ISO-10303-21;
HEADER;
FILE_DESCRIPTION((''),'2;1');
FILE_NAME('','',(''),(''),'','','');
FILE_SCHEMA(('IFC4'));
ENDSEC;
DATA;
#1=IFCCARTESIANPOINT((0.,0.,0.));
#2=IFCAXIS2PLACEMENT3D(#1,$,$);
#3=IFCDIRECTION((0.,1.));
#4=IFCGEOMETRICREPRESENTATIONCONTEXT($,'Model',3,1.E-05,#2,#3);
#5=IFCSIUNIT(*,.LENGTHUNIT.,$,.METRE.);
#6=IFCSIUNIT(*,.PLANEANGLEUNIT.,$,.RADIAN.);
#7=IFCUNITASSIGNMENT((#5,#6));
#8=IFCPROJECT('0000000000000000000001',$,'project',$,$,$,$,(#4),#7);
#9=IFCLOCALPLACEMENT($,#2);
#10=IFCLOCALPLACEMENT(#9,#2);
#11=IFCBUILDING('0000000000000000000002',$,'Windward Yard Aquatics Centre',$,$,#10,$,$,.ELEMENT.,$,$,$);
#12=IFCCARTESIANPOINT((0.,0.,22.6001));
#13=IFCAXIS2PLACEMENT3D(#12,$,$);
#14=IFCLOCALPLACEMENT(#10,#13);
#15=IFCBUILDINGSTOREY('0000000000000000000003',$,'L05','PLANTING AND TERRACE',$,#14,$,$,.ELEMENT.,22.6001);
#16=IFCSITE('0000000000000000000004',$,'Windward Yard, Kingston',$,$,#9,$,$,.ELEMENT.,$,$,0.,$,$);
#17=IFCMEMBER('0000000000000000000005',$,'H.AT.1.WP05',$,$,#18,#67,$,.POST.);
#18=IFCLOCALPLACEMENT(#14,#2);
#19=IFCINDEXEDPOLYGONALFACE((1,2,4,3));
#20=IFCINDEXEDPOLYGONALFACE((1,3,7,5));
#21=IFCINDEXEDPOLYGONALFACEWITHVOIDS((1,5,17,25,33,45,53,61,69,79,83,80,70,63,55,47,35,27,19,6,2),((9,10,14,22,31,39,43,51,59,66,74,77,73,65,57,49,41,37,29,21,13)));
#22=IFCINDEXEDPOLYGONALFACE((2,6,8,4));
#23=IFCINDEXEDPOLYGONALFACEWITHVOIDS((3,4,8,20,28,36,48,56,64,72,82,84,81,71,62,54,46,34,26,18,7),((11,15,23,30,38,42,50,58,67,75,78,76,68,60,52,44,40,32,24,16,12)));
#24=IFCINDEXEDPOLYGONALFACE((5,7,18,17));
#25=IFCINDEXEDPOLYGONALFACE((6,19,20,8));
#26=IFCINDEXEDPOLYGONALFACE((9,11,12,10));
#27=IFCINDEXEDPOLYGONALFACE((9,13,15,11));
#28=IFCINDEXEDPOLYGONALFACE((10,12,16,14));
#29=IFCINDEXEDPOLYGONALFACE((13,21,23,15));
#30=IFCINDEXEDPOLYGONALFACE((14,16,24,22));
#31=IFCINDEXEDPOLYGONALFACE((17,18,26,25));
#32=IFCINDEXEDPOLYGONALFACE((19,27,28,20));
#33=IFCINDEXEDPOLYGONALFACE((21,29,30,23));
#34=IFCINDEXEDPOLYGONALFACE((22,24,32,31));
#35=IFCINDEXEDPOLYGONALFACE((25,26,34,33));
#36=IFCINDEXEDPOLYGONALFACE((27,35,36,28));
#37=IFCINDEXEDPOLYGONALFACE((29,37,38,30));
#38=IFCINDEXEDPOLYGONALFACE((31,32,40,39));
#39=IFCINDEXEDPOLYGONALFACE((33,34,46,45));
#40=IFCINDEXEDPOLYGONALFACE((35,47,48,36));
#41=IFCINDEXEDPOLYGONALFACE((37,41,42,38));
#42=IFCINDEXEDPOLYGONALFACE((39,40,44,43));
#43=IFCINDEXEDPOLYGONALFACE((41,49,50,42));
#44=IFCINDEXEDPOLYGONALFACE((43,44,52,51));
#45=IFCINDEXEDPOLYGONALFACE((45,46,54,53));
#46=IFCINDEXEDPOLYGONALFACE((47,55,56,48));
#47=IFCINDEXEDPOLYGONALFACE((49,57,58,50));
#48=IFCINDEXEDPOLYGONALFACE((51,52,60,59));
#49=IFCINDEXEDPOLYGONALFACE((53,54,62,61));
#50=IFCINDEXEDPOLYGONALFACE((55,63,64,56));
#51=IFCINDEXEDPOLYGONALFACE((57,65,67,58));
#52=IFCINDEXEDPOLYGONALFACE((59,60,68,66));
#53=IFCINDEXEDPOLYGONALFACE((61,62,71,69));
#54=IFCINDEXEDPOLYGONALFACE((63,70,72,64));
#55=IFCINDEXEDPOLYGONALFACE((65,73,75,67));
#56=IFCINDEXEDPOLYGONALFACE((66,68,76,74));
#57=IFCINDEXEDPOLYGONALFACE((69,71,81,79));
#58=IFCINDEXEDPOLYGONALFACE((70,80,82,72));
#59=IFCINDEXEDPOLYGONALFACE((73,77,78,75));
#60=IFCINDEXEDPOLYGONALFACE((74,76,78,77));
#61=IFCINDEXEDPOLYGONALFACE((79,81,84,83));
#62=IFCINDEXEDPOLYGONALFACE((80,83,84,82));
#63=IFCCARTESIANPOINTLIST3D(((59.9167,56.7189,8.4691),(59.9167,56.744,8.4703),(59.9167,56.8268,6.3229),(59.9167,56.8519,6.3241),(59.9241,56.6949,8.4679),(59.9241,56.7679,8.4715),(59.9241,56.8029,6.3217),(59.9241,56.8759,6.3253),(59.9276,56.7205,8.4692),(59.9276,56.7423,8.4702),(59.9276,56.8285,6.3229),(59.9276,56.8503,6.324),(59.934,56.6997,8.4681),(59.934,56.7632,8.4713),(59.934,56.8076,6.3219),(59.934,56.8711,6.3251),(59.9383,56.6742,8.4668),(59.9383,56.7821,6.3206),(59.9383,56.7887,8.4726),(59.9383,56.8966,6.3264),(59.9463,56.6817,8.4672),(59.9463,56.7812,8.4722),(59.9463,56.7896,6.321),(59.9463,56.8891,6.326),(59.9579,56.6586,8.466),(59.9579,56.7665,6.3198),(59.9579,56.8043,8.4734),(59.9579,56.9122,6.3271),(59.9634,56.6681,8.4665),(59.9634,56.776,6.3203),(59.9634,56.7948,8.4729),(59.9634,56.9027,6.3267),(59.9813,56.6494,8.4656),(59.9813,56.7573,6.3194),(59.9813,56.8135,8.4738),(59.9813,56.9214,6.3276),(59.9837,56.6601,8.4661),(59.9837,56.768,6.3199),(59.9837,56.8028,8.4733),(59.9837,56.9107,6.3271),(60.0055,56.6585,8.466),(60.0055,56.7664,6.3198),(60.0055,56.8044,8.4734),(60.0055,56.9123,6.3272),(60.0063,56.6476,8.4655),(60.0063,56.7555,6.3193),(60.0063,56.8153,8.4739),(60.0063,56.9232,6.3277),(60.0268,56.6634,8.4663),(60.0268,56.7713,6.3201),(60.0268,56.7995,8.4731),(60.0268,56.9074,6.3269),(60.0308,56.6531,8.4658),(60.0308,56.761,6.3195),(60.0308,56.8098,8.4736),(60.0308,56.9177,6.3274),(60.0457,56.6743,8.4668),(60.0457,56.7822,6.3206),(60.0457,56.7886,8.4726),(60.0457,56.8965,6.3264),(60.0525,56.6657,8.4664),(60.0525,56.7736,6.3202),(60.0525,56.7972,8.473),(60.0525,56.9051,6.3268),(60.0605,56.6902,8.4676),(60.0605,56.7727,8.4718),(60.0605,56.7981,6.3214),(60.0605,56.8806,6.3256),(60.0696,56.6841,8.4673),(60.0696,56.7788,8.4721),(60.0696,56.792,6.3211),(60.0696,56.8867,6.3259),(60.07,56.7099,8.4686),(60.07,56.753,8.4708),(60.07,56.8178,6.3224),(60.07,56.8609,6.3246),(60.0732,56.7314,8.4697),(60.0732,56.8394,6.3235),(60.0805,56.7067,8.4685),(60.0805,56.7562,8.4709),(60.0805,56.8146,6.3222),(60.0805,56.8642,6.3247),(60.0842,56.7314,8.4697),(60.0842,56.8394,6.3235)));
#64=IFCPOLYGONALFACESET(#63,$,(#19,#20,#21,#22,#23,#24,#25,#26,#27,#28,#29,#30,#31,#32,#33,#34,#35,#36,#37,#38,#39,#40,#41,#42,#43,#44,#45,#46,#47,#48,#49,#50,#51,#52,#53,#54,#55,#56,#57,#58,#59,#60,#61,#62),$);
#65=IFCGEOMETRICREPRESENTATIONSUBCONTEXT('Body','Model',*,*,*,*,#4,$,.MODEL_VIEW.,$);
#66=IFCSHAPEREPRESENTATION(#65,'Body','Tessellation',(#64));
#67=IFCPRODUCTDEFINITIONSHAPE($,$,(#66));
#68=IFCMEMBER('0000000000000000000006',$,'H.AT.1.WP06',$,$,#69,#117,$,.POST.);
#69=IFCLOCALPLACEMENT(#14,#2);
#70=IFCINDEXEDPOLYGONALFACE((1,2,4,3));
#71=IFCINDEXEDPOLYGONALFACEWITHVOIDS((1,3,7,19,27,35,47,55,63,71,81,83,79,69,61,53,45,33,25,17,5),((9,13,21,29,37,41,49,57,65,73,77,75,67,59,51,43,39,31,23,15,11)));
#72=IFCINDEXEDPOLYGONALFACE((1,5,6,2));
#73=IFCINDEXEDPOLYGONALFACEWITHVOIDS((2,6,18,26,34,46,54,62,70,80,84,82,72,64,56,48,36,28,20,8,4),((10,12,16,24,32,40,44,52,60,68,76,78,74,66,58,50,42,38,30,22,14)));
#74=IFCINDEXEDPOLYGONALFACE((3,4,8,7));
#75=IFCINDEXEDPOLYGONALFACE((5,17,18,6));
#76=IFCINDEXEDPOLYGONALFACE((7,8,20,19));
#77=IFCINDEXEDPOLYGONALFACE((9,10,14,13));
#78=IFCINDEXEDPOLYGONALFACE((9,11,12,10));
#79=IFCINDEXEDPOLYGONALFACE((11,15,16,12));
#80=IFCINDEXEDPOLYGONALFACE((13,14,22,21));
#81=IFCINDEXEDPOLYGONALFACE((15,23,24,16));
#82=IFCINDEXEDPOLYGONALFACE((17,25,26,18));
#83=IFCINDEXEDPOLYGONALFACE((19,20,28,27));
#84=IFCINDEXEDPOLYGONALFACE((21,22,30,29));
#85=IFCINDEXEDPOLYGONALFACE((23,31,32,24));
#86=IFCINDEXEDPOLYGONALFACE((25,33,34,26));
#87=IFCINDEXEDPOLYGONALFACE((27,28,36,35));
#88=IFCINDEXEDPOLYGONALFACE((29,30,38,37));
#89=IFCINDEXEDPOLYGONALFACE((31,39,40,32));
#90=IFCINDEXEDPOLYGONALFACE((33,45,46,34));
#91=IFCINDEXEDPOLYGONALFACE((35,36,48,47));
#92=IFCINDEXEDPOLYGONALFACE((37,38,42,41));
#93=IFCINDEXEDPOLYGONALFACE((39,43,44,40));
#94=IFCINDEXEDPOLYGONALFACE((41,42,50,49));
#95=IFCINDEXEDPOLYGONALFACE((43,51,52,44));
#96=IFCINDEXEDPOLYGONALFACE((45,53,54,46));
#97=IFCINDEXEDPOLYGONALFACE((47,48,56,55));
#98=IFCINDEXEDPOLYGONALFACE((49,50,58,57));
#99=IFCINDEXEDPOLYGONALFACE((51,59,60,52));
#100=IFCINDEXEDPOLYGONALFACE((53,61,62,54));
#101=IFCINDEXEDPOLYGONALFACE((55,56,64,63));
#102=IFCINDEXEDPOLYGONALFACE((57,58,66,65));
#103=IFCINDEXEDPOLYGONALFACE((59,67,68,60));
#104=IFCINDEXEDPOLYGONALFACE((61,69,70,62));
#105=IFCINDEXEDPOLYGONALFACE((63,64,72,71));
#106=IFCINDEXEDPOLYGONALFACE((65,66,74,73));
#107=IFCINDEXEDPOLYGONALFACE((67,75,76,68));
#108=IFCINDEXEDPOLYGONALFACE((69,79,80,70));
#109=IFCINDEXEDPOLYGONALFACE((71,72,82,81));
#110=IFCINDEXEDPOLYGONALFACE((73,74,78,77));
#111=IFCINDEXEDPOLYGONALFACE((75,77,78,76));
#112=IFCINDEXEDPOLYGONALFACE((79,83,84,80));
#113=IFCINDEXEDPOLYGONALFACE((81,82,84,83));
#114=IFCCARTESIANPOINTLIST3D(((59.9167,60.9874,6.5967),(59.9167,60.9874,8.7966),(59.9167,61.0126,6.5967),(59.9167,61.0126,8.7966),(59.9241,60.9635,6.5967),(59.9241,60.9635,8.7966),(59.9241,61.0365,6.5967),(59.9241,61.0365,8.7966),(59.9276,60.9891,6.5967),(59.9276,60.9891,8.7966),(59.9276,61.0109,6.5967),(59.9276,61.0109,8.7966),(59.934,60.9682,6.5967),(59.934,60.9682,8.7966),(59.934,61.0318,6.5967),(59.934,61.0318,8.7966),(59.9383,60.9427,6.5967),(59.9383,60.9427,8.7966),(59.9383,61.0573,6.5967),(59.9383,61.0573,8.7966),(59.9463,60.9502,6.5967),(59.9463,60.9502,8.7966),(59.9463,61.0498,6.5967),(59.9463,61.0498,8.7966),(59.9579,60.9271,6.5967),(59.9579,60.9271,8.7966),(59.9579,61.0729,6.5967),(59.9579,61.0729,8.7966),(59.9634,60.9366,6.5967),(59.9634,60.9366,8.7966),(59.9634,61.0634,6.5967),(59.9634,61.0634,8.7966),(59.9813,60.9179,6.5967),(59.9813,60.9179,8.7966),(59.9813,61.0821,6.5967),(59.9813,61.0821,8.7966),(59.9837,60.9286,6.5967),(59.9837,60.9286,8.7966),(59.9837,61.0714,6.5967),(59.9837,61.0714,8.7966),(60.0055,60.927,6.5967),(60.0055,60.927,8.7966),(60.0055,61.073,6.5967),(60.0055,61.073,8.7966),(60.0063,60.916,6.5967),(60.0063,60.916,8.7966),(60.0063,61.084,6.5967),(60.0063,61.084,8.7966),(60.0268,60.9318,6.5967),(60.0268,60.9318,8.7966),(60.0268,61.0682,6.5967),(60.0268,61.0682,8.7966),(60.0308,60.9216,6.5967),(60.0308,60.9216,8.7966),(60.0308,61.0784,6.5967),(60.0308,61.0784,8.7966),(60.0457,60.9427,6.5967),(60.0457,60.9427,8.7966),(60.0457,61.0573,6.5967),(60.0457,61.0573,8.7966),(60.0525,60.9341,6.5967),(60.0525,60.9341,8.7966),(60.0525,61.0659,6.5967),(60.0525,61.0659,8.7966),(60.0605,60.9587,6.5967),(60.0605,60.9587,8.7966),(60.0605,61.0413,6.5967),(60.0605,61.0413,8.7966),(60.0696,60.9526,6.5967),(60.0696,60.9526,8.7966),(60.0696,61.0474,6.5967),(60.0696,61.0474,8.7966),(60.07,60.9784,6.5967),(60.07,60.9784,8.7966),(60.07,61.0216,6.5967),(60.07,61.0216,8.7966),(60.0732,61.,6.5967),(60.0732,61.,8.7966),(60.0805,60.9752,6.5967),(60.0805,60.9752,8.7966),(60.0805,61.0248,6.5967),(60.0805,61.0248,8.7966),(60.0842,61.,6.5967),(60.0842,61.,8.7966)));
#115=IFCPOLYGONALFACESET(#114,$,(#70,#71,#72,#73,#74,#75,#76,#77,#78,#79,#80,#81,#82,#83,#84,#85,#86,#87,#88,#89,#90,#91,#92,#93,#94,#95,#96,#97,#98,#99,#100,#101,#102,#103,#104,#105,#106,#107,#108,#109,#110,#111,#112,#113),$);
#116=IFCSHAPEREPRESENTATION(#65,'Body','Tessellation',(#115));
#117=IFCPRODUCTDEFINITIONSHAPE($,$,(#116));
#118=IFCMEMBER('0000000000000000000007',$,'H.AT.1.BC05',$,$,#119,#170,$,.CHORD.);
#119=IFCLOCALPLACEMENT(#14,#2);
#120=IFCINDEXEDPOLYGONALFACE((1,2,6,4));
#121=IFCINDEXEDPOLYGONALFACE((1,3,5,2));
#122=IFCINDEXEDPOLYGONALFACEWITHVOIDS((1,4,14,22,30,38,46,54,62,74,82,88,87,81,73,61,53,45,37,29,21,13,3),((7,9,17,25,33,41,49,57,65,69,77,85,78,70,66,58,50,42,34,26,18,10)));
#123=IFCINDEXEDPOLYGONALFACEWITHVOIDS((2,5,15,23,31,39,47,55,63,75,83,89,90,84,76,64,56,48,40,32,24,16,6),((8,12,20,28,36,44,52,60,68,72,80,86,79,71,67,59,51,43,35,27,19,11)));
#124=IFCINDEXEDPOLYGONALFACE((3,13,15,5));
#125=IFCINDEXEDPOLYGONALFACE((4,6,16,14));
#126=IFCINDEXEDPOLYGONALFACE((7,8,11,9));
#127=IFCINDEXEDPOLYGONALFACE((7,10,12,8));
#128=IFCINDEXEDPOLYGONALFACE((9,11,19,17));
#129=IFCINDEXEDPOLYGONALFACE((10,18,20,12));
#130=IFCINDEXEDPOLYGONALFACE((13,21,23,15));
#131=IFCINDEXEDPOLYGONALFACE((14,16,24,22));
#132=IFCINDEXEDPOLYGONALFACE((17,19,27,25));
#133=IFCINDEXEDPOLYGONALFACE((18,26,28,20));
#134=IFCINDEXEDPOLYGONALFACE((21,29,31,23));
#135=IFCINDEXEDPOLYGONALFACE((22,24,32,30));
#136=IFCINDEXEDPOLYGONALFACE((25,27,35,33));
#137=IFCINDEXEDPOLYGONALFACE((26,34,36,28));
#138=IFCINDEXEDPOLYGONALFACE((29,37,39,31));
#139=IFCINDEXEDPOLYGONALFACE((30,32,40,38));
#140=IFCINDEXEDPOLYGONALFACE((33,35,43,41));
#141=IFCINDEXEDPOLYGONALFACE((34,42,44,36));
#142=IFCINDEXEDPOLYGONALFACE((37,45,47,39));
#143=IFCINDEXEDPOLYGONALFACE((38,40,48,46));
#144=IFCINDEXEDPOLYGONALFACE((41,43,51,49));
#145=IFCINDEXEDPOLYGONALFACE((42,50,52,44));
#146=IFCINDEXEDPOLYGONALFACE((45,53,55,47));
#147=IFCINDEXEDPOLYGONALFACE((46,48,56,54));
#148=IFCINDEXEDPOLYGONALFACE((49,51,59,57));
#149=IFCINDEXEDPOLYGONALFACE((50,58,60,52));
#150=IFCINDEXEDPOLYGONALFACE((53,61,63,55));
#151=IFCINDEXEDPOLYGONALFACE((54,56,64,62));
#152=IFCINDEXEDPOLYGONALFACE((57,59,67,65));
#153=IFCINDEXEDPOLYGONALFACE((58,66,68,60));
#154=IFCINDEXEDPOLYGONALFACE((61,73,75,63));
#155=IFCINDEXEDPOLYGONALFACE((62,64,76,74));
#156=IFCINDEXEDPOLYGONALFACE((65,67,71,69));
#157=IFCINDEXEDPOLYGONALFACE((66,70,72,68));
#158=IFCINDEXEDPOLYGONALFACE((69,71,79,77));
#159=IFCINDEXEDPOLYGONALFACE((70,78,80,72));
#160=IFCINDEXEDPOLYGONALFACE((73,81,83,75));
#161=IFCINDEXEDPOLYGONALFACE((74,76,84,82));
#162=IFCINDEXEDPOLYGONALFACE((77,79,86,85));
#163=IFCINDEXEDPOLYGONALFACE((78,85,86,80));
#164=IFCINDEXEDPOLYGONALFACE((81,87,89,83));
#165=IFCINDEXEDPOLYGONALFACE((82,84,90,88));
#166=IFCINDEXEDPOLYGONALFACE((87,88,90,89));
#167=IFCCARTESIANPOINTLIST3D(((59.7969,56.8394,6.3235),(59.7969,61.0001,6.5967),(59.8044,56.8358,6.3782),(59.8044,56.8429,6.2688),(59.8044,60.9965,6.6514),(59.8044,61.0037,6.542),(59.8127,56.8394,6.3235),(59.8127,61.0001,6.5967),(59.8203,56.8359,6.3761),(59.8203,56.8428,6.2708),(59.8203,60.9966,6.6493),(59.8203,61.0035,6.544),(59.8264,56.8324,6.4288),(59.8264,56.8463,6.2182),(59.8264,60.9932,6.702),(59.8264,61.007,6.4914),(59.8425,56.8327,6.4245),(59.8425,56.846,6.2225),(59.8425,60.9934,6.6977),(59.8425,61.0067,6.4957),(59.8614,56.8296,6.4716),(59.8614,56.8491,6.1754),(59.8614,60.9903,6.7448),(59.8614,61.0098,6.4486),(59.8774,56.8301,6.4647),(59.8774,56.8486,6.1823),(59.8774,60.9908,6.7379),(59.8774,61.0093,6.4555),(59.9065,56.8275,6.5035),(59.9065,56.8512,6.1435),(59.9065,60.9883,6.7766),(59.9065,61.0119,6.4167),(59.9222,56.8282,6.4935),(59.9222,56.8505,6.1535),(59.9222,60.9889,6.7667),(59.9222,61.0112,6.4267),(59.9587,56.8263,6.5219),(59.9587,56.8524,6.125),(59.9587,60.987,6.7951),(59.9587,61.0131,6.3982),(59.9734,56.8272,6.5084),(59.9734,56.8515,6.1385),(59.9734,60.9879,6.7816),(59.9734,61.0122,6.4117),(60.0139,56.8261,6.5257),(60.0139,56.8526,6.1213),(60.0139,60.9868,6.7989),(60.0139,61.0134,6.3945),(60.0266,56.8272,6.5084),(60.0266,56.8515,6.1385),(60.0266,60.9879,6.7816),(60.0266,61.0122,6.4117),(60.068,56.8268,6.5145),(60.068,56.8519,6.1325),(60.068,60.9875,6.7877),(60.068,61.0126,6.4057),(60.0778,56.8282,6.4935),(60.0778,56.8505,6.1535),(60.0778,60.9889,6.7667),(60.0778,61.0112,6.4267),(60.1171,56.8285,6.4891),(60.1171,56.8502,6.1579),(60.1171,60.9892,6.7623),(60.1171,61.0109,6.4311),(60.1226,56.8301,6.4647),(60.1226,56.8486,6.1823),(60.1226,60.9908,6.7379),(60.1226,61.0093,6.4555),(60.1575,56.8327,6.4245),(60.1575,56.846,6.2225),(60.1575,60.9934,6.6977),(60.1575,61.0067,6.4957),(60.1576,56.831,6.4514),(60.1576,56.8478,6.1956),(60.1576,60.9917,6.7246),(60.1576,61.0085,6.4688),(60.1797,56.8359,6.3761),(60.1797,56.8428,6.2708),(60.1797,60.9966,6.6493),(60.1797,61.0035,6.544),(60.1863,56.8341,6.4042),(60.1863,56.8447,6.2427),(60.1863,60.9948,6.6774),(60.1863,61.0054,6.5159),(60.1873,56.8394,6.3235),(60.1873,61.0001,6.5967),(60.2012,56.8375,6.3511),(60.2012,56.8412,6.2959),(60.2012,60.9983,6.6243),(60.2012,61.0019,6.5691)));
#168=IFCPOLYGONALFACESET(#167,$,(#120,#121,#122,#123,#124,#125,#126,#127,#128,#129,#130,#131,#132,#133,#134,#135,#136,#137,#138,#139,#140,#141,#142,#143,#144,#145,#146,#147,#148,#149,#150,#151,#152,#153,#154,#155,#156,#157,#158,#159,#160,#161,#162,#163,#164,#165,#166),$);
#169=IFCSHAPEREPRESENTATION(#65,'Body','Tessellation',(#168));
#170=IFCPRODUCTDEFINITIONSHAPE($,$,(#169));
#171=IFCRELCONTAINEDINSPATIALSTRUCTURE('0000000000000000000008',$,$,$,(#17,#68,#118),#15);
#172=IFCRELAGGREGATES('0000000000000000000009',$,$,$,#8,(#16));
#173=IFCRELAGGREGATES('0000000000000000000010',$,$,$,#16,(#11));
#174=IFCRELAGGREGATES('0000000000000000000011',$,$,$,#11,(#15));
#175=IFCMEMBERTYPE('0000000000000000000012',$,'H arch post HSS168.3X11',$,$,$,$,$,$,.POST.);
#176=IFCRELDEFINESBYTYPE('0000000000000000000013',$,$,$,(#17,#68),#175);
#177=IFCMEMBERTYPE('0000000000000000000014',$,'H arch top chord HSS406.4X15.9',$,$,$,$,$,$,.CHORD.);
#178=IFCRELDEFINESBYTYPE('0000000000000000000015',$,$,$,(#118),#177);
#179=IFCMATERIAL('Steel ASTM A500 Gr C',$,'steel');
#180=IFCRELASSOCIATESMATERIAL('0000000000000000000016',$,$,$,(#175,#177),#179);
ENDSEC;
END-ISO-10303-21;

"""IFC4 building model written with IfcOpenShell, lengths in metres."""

from ifc_helpers import new_model, si_unit, direction, frame, origin, origin_2d, place, context, subcontext, project, spatial, hollow_circle, extrude, material, material_profile, profile_set, type_object, element, save


model = new_model("IFC4")

# Units and contexts
model_context = context("Model", 3, precision=1e-05, world=origin(), true_north=direction((0.0, 1.0)))
body_context = subcontext(model_context, "Body", "Model", "MODEL_VIEW")
ifc_project = project(units=[si_unit("LENGTHUNIT", "METRE"), si_unit("PLANEANGLEUNIT", "RADIAN")], contexts=[model_context])

# Site, building, storey
site_placement = place(None, origin())
site = spatial("IfcSite", under=ifc_project, at=site_placement, Name="Windward Yard, Kingston", CompositionType="ELEMENT", RefElevation=0.0)
building_placement = place(site_placement, origin())
building = spatial("IfcBuilding", under=site, at=building_placement, Name="Windward Yard Aquatics Centre", CompositionType="ELEMENT")
storey_placement = place(building_placement, frame((0.0, 0.0, 22.6001)))
storey = spatial("IfcBuildingStorey", under=building, at=storey_placement, Name="L05", Description="PLANTING AND TERRACE", CompositionType="ELEMENT", Elevation=22.6001)

# Members
ifc_material_1 = material(Name="Steel ASTM A500 Gr C", Category="steel")
ifc_material_profile_1 = material_profile(ifc_material_1, hollow_circle(Radius=0.0842, WallThickness=0.011, at=origin_2d()), Name="HSS168.3X11")
ifc_profile_set_1 = profile_set([ifc_material_profile_1], Name="Steel ASTM A500 Gr C")
member_type_1 = type_object("IfcMemberType", Name="H arch post HSS168.3X11", PredefinedType="POST", material=ifc_profile_set_1)
member_1_placement = place(storey_placement, frame((60.0, 56.8394, 6.3235), z_axis=(0.0, -0.050215, 0.998738), x_axis=(1.0, 0.0, 0.0)))
element("IfcMember", 1, at=member_1_placement, inside=storey, type_object=member_type_1, Name="H.AT.1.WP05", PredefinedType="POST", context=body_context, shape_type="SweptSolid", body=[
    extrude(hollow_circle(Radius=0.0842, WallThickness=0.011, at=origin_2d()), origin(), (0.0, 0.0, 1.0), 2.1489),
])
member_2_placement = place(storey_placement, frame((60.0, 61.0, 6.5967), z_axis=(0.0, 0.0, 1.0), x_axis=(1.0, 0.0, 0.0)))
element("IfcMember", 2, at=member_2_placement, inside=storey, type_object=member_type_1, Name="H.AT.1.WP06", PredefinedType="POST", context=body_context, shape_type="SweptSolid", body=[
    extrude(hollow_circle(Radius=0.0842, WallThickness=0.011, at=origin_2d()), origin(), (0.0, 0.0, 1.0), 2.2),
])
ifc_material_profile_2 = material_profile(ifc_material_1, hollow_circle(Radius=0.2031, WallThickness=0.0159, at=origin_2d()), Name="HSS406.4X15.9")
ifc_profile_set_2 = profile_set([ifc_material_profile_2], Name="Steel ASTM A500 Gr C")
member_type_2 = type_object("IfcMemberType", Name="H arch top chord HSS406.4X15.9", PredefinedType="CHORD", material=ifc_profile_set_2)
member_3_placement = place(storey_placement, frame((60.0, 56.8394, 6.3235), z_axis=(0.0, 0.997851, 0.06552), x_axis=(-1.0, 0.0, 0.0)))
element("IfcMember", 3, at=member_3_placement, inside=storey, type_object=member_type_2, Name="H.AT.1.BC05", PredefinedType="CHORD", context=body_context, shape_type="SweptSolid", body=[
    extrude(hollow_circle(Radius=0.2031, WallThickness=0.0159, at=origin_2d()), origin(), (0.0, 0.0, 1.0), 4.1697),
])

save(model, "model.ifc")
